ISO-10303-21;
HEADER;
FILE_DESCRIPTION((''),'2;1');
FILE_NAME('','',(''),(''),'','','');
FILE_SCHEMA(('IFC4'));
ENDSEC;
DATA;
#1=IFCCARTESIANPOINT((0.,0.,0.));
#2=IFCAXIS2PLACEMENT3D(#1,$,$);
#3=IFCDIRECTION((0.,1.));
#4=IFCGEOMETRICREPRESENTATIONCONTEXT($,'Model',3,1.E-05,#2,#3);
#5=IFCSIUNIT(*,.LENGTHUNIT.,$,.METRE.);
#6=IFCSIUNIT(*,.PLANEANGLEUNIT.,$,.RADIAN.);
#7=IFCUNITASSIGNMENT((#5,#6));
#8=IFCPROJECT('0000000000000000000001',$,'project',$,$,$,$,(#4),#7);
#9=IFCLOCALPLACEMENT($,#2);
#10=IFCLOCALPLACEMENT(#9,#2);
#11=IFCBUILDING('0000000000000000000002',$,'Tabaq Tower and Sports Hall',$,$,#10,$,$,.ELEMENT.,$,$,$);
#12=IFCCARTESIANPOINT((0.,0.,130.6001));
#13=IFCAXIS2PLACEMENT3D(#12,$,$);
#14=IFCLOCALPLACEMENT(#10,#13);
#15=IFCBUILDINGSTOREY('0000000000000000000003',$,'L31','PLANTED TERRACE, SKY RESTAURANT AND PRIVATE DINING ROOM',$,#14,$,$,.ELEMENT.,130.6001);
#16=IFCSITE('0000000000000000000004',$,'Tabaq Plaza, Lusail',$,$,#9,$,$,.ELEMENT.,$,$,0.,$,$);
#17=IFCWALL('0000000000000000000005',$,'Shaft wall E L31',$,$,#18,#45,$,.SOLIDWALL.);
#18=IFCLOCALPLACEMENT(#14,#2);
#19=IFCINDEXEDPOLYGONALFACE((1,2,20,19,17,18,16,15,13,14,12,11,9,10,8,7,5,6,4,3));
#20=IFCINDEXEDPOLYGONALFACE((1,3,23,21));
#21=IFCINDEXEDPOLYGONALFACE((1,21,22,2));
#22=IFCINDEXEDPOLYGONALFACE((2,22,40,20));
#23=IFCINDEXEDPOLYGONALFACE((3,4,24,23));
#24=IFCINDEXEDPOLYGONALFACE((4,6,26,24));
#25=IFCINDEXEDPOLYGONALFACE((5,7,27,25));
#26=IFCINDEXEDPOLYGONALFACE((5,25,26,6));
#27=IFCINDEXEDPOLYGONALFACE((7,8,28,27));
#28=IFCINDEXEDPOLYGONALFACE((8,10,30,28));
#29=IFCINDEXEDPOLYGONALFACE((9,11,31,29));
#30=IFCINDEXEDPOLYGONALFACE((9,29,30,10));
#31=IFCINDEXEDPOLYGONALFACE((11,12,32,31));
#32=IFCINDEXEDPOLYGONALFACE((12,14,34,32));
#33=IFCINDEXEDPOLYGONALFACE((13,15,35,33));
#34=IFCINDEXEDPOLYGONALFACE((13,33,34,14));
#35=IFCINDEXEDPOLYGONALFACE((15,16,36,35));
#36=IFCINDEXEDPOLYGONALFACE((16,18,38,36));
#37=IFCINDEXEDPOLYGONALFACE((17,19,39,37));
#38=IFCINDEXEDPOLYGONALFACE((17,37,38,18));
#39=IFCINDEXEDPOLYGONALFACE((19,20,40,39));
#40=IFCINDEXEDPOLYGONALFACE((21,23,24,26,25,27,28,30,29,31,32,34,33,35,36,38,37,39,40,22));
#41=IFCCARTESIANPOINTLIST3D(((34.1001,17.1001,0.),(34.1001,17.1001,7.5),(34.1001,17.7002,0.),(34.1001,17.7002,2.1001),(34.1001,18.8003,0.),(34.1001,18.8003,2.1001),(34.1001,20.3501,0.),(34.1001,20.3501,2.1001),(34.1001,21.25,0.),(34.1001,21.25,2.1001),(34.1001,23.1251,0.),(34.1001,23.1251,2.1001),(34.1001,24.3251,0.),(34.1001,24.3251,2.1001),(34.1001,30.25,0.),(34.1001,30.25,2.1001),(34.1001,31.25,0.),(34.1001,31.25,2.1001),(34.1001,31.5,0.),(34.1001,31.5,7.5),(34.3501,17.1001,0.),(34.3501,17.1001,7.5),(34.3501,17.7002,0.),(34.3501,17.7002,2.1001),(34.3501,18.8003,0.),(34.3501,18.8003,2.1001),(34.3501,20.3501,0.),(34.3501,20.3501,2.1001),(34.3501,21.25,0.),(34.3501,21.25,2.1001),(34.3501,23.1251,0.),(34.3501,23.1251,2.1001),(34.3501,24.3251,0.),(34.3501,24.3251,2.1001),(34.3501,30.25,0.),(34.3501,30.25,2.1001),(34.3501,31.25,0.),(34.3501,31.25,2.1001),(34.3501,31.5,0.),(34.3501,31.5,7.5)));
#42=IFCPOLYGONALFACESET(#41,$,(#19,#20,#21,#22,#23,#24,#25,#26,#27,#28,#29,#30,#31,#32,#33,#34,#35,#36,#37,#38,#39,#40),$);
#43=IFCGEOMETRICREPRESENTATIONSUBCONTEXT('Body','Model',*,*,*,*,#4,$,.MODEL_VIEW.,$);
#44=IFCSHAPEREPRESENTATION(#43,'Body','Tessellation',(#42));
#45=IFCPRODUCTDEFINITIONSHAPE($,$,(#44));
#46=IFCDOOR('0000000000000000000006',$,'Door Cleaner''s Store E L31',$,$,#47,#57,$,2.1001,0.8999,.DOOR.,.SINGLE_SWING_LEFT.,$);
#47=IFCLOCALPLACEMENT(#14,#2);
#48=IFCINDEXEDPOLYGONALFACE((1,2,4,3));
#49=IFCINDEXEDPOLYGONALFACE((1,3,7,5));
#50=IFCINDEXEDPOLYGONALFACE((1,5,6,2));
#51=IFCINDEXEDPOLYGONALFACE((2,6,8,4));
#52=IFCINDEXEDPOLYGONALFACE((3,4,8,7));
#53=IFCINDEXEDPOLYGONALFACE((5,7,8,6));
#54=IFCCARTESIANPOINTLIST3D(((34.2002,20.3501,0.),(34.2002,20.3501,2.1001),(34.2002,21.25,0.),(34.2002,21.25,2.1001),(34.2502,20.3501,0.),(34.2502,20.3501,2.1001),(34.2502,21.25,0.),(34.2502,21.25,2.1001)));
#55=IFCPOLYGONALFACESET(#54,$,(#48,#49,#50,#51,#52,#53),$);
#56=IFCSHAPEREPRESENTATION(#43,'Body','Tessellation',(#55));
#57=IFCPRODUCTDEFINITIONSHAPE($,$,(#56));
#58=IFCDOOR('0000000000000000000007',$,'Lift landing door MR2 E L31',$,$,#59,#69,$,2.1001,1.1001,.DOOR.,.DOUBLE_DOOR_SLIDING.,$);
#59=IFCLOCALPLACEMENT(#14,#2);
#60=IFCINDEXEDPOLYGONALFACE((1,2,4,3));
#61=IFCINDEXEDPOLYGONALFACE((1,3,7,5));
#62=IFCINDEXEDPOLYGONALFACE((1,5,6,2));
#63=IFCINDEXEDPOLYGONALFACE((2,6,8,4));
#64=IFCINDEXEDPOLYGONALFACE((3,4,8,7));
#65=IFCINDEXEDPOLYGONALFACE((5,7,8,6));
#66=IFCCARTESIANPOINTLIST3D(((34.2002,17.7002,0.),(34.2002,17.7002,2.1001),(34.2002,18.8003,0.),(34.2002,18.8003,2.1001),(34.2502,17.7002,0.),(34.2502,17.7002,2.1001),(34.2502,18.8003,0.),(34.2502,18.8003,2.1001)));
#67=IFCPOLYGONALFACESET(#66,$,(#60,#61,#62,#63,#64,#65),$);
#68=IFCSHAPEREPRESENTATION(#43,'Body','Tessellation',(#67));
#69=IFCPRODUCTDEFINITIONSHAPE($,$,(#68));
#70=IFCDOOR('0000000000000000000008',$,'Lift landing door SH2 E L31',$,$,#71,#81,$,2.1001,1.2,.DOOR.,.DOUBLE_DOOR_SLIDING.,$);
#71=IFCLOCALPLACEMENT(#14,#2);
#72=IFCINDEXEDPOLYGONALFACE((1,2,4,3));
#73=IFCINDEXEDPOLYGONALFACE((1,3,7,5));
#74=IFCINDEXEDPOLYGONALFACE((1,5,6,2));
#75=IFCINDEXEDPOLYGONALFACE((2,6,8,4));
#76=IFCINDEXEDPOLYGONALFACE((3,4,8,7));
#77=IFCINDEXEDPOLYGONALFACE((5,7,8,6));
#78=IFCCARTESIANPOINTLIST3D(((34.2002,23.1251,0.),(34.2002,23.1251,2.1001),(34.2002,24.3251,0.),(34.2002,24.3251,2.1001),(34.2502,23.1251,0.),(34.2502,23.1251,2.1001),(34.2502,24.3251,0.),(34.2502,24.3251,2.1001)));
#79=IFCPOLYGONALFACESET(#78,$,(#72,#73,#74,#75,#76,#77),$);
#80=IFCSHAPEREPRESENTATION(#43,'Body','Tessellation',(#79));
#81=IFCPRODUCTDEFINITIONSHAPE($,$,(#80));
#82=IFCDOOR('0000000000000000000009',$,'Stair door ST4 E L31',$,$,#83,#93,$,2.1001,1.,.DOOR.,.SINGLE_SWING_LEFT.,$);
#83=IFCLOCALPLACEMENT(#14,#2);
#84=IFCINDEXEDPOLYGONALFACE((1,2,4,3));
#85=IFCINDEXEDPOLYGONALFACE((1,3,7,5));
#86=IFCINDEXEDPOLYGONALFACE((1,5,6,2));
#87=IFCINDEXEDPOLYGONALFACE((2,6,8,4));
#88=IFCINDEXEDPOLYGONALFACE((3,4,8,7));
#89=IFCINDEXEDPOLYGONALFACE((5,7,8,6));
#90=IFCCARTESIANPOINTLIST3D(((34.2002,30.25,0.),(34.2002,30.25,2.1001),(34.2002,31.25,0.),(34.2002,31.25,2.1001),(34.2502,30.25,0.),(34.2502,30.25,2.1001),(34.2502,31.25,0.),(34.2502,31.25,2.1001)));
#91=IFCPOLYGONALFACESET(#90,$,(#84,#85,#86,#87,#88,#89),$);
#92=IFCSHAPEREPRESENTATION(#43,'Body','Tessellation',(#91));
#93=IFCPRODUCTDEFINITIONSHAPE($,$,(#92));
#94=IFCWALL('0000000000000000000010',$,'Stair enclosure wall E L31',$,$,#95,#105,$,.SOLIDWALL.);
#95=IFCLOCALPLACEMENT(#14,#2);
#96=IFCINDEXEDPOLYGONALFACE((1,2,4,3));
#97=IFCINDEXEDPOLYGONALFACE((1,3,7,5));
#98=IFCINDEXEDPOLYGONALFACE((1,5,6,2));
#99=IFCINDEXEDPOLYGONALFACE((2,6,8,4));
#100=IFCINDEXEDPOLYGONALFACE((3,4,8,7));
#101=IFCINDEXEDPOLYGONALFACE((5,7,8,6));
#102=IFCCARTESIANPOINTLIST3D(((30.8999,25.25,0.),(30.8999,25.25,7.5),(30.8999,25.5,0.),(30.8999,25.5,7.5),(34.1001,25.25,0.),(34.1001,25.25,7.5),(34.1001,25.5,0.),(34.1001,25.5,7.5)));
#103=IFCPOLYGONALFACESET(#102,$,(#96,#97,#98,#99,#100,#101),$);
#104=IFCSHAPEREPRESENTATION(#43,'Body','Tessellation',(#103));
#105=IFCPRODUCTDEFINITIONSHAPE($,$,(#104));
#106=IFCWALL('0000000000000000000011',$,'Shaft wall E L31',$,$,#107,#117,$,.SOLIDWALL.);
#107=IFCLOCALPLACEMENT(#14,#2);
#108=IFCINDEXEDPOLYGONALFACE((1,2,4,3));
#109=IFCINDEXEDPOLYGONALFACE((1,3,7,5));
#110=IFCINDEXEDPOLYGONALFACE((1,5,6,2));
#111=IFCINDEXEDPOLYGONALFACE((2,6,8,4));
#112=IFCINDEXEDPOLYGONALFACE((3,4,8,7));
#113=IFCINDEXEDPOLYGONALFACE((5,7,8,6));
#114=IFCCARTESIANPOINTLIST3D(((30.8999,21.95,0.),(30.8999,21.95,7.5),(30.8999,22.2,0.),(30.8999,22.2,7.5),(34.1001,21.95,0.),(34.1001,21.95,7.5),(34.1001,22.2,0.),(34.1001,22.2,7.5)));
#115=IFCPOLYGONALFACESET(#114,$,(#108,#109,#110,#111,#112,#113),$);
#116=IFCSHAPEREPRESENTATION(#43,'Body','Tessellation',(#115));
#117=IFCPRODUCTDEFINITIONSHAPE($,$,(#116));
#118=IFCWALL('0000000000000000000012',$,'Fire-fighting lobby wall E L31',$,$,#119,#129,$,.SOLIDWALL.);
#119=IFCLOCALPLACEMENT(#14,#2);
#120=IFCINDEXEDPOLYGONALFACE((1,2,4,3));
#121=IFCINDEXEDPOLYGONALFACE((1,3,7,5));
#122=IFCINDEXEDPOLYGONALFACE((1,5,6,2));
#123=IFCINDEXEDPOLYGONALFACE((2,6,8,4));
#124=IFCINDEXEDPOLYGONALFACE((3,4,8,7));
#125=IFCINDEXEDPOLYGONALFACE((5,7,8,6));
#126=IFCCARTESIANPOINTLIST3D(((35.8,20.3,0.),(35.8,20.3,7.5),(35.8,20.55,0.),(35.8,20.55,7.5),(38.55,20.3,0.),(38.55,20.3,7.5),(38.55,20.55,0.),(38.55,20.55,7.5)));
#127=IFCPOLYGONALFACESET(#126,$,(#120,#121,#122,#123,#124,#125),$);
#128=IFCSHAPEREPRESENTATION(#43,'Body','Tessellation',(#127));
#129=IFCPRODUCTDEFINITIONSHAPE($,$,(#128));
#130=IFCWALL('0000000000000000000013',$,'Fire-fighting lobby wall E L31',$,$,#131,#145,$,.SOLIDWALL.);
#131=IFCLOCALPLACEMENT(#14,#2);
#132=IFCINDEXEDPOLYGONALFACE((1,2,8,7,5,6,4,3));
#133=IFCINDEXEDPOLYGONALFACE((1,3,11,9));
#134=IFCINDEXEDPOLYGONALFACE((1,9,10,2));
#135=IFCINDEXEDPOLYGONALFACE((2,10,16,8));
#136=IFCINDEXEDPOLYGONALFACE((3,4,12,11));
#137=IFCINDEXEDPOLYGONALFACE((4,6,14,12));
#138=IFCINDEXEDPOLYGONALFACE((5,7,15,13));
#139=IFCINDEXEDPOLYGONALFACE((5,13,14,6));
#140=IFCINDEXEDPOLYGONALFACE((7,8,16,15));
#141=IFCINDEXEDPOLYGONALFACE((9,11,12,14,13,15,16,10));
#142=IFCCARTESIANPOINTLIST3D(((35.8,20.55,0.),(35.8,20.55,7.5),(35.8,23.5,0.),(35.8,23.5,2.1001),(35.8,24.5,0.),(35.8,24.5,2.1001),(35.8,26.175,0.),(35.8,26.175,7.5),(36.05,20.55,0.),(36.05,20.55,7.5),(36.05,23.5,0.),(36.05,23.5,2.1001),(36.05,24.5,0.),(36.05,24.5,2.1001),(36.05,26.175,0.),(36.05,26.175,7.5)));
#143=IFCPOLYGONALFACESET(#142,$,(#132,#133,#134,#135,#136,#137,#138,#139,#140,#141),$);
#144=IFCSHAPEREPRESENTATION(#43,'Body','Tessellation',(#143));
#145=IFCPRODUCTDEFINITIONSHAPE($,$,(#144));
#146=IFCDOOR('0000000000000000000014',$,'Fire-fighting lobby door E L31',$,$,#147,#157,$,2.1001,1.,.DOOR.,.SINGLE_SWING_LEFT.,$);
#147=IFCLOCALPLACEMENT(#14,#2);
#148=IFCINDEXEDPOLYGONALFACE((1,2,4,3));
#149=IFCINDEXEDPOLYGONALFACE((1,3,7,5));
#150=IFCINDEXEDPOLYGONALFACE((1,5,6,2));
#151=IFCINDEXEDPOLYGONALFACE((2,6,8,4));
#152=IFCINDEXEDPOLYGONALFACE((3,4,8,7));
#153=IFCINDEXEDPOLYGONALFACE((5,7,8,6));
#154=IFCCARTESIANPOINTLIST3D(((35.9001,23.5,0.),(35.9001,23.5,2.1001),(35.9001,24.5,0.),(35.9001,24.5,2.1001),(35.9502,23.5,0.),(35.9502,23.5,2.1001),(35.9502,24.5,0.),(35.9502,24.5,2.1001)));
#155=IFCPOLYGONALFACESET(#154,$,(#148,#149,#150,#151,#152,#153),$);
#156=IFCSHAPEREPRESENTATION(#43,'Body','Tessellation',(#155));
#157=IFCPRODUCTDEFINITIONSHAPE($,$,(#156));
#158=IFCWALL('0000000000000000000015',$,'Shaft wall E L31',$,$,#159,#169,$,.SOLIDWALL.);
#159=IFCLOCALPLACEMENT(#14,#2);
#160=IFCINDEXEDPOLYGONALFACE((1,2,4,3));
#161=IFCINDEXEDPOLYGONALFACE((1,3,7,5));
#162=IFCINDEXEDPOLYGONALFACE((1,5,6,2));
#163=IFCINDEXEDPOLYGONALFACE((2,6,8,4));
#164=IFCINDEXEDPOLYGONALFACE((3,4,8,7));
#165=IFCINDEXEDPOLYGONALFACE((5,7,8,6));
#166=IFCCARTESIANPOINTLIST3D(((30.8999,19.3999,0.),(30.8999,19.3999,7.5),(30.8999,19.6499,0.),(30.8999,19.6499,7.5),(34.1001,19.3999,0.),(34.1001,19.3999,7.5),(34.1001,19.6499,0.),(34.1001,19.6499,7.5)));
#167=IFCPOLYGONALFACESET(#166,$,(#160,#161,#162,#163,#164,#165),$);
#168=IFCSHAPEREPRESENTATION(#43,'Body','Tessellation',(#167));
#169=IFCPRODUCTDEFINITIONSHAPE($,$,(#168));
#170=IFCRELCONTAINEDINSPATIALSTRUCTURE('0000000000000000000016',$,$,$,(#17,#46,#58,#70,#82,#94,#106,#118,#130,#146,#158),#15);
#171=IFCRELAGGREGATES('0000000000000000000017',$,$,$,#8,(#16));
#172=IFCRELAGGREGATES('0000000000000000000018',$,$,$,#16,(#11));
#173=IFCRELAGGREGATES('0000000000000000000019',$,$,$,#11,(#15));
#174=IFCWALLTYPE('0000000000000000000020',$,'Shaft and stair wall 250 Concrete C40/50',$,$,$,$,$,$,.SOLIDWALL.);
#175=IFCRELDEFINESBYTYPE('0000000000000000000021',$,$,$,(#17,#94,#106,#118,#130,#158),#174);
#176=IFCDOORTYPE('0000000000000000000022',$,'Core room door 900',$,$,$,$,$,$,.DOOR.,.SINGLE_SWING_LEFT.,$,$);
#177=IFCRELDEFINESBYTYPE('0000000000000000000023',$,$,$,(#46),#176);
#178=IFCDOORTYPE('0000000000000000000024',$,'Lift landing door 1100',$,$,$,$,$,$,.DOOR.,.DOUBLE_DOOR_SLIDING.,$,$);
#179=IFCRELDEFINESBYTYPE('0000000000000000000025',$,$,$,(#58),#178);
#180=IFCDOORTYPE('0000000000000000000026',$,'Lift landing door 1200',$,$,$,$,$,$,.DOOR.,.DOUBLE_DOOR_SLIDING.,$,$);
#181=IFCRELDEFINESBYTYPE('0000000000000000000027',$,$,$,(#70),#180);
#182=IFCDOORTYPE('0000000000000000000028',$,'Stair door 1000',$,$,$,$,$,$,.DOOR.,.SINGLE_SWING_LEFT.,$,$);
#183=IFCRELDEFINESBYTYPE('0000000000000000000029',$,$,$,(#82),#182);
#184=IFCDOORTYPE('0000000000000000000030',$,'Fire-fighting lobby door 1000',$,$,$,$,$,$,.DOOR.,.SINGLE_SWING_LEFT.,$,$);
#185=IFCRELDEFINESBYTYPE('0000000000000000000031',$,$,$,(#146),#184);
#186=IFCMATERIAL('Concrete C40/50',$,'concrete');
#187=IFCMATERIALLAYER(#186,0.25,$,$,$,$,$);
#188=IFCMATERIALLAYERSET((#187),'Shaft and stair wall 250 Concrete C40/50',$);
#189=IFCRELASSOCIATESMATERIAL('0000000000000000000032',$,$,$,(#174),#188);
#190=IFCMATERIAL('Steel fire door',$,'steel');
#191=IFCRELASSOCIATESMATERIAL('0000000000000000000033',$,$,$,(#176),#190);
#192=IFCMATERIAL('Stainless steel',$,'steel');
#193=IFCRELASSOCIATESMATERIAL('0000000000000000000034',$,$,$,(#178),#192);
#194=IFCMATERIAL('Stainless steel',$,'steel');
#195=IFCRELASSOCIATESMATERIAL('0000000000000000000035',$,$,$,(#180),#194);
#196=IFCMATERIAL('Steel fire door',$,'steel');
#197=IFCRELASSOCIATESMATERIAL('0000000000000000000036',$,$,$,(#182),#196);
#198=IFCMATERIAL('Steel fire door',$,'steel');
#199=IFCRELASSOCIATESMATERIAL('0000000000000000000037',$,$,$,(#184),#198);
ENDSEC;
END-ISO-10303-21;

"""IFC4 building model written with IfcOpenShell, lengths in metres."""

from ifc_helpers import new_model, si_unit, direction, frame, frame_2d, origin, place, context, subcontext, project, spatial, rectangle, extrude, material, layer, layer_set, type_object, element, fill, save


model = new_model("IFC4")

# Units and contexts
model_context = context("Model", 3, precision=1e-05, world=origin(), true_north=direction((0.0, 1.0)))
body_context = subcontext(model_context, "Body", "Model", "MODEL_VIEW")
ifc_project = project(units=[si_unit("LENGTHUNIT", "METRE"), si_unit("PLANEANGLEUNIT", "RADIAN")], contexts=[model_context])

# Site, building, storey
site_placement = place(None, origin())
site = spatial("IfcSite", under=ifc_project, at=site_placement, Name="Tabaq Plaza, Lusail", CompositionType="ELEMENT", RefElevation=0.0)
building_placement = place(site_placement, origin())
building = spatial("IfcBuilding", under=site, at=building_placement, Name="Tabaq Tower and Sports Hall", CompositionType="ELEMENT")
storey_placement = place(building_placement, frame((0.0, 0.0, 130.6001)))
storey = spatial("IfcBuildingStorey", under=building, at=storey_placement, Name="L31", Description="PLANTED TERRACE, SKY RESTAURANT AND PRIVATE DINING ROOM", CompositionType="ELEMENT", Elevation=130.6001)

# Wall, openings, doors
ifc_material_1 = material(Name="Concrete C40/50", Category="concrete")
ifc_layer_1 = layer(ifc_material_1, 0.25)
ifc_layer_set_1 = layer_set([ifc_layer_1], Name="Shaft and stair wall 250 Concrete C40/50")
wall_type_1 = type_object("IfcWallType", Name="Shaft and stair wall 250 Concrete C40/50", PredefinedType="SOLIDWALL", material=ifc_layer_set_1)
wall_1_placement = place(storey_placement, frame((34.2251, 17.1001, 0.0), z_axis=(0.0, 0.0, 1.0), x_axis=(0.0, 1.0, 0.0)))
wall_1 = element("IfcWall", 1, at=wall_1_placement, inside=storey, type_object=wall_type_1, Name="Shaft wall E L31", PredefinedType="SOLIDWALL", context=body_context, shape_type="SweptSolid", body=[
    extrude(rectangle(XDim=14.3999, YDim=0.25, at=frame_2d((7.2, 0.0))), origin(), (0.0, 0.0, 1.0), 7.5),
])
opening_1_placement = place(wall_1_placement, frame((13.1499, 0.0, 0.0)))
opening_1 = element("IfcOpeningElement", 2, at=opening_1_placement, cuts=wall_1, PredefinedType="OPENING", context=body_context, shape_type="SweptSolid", body=[
    extrude(rectangle(XDim=1.0, YDim=2.1001, at=frame_2d((0.5, 1.05))), frame((0.0, 0.125, 0.0), z_axis=(0.0, -1.0, 0.0), x_axis=(1.0, 0.0, 0.0)), (0.0, 0.0, 1.0), 0.25),
])
opening_2_placement = place(wall_1_placement, frame((0.6001, 0.0, 0.0)))
opening_2 = element("IfcOpeningElement", 3, at=opening_2_placement, cuts=wall_1, PredefinedType="OPENING", context=body_context, shape_type="SweptSolid", body=[
    extrude(rectangle(XDim=1.1001, YDim=2.1001, at=frame_2d((0.55, 1.05))), frame((0.0, 0.125, 0.0), z_axis=(0.0, -1.0, 0.0), x_axis=(1.0, 0.0, 0.0)), (0.0, 0.0, 1.0), 0.25),
])
opening_3_placement = place(wall_1_placement, frame((6.0249, 0.0, 0.0)))
opening_3 = element("IfcOpeningElement", 4, at=opening_3_placement, cuts=wall_1, PredefinedType="OPENING", context=body_context, shape_type="SweptSolid", body=[
    extrude(rectangle(XDim=1.2, YDim=2.1001, at=frame_2d((0.6001, 1.05))), frame((0.0, 0.125, 0.0), z_axis=(0.0, -1.0, 0.0), x_axis=(1.0, 0.0, 0.0)), (0.0, 0.0, 1.0), 0.25),
])
opening_4_placement = place(wall_1_placement, frame((3.25, 0.0, 0.0)))
opening_4 = element("IfcOpeningElement", 5, at=opening_4_placement, cuts=wall_1, PredefinedType="OPENING", context=body_context, shape_type="SweptSolid", body=[
    extrude(rectangle(XDim=0.8999, YDim=2.1001, at=frame_2d((0.45, 1.05))), frame((0.0, 0.125, 0.0), z_axis=(0.0, -1.0, 0.0), x_axis=(1.0, 0.0, 0.0)), (0.0, 0.0, 1.0), 0.25),
])
ifc_material_2 = material(Name="Steel fire door", Category="steel")
door_type_1 = type_object("IfcDoorType", Name="Core room door 900", OperationType="SINGLE_SWING_LEFT", PredefinedType="DOOR", material=ifc_material_2)
door_1_placement = place(opening_4_placement, origin())
door_1 = element("IfcDoor", 6, at=door_1_placement, inside=storey, type_object=door_type_1, Name="Door Cleaner's Store E L31", OperationType="SINGLE_SWING_LEFT", OverallHeight=2.1001, OverallWidth=0.8999, PredefinedType="DOOR", context=body_context, shape_type="SweptSolid", body=[
    extrude(rectangle(XDim=0.8999, YDim=2.1001, at=frame_2d((0.45, 1.05))), frame((0.0, 0.0249, 0.0), z_axis=(0.0, -1.0, 0.0), x_axis=(1.0, 0.0, 0.0)), (0.0, 0.0, 1.0), 0.05),
])
fill(opening_4, door_1)
ifc_material_3 = material(Name="Stainless steel", Category="steel")
door_type_2 = type_object("IfcDoorType", Name="Lift landing door 1100", OperationType="DOUBLE_DOOR_SLIDING", PredefinedType="DOOR", material=ifc_material_3)
door_2_placement = place(opening_2_placement, origin())
door_2 = element("IfcDoor", 7, at=door_2_placement, inside=storey, type_object=door_type_2, Name="Lift landing door MR2 E L31", OperationType="DOUBLE_DOOR_SLIDING", OverallHeight=2.1001, OverallWidth=1.1001, PredefinedType="DOOR", context=body_context, shape_type="SweptSolid", body=[
    extrude(rectangle(XDim=1.1001, YDim=2.1001, at=frame_2d((0.55, 1.05))), frame((0.0, 0.0249, 0.0), z_axis=(0.0, -1.0, 0.0), x_axis=(1.0, 0.0, 0.0)), (0.0, 0.0, 1.0), 0.05),
])
fill(opening_2, door_2)
ifc_material_4 = material(Name="Stainless steel", Category="steel")
door_type_3 = type_object("IfcDoorType", Name="Lift landing door 1200", OperationType="DOUBLE_DOOR_SLIDING", PredefinedType="DOOR", material=ifc_material_4)
door_3_placement = place(opening_3_placement, origin())
door_3 = element("IfcDoor", 8, at=door_3_placement, inside=storey, type_object=door_type_3, Name="Lift landing door SH2 E L31", OperationType="DOUBLE_DOOR_SLIDING", OverallHeight=2.1001, OverallWidth=1.2, PredefinedType="DOOR", context=body_context, shape_type="SweptSolid", body=[
    extrude(rectangle(XDim=1.2, YDim=2.1001, at=frame_2d((0.6001, 1.05))), frame((0.0, 0.0249, 0.0), z_axis=(0.0, -1.0, 0.0), x_axis=(1.0, 0.0, 0.0)), (0.0, 0.0, 1.0), 0.05),
])
fill(opening_3, door_3)
ifc_material_5 = material(Name="Steel fire door", Category="steel")
door_type_4 = type_object("IfcDoorType", Name="Stair door 1000", OperationType="SINGLE_SWING_LEFT", PredefinedType="DOOR", material=ifc_material_5)
door_4_placement = place(opening_1_placement, origin())
door_4 = element("IfcDoor", 9, at=door_4_placement, inside=storey, type_object=door_type_4, Name="Stair door ST4 E L31", OperationType="SINGLE_SWING_LEFT", OverallHeight=2.1001, OverallWidth=1.0, PredefinedType="DOOR", context=body_context, shape_type="SweptSolid", body=[
    extrude(rectangle(XDim=1.0, YDim=2.1001, at=frame_2d((0.5, 1.05))), frame((0.0, 0.0249, 0.0), z_axis=(0.0, -1.0, 0.0), x_axis=(1.0, 0.0, 0.0)), (0.0, 0.0, 1.0), 0.05),
])
fill(opening_1, door_4)

# Walls
for number, where, z_axis, x_axis, name in (
    (10, (30.8999, 25.375, 0.0), (0.0, 0.0, 1.0), (1.0, 0.0, 0.0), "Stair enclosure wall E L31"),
    (11, (30.8999, 22.075, 0.0), (0.0, 0.0, 1.0), (1.0, 0.0, 0.0), "Shaft wall E L31"),
):
    element("IfcWall", number, at=place(storey_placement, frame(where, z_axis=z_axis, x_axis=x_axis)), inside=storey, type_object=wall_type_1, Name=name, PredefinedType="SOLIDWALL", context=body_context, shape_type="SweptSolid", body=[
        extrude(rectangle(XDim=3.2002, YDim=0.25, at=frame_2d((1.6001, 0.0))), origin(), (0.0, 0.0, 1.0), 7.5),
    ])
wall_2_placement = place(storey_placement, frame((35.8, 20.425, 0.0), z_axis=(0.0, 0.0, 1.0), x_axis=(1.0, 0.0, 0.0)))
element("IfcWall", 12, at=wall_2_placement, inside=storey, type_object=wall_type_1, Name="Fire-fighting lobby wall E L31", PredefinedType="SOLIDWALL", context=body_context, shape_type="SweptSolid", body=[
    extrude(rectangle(XDim=2.75, YDim=0.25, at=frame_2d((1.375, 0.0))), origin(), (0.0, 0.0, 1.0), 7.5),
])

# Wall, opening, door
wall_3_placement = place(storey_placement, frame((35.925, 20.55, 0.0), z_axis=(0.0, 0.0, 1.0), x_axis=(0.0, 1.0, 0.0)))
wall_3 = element("IfcWall", 13, at=wall_3_placement, inside=storey, type_object=wall_type_1, Name="Fire-fighting lobby wall E L31", PredefinedType="SOLIDWALL", context=body_context, shape_type="SweptSolid", body=[
    extrude(rectangle(XDim=5.625, YDim=0.25, at=frame_2d((2.8125, 0.0))), origin(), (0.0, 0.0, 1.0), 7.5),
])
opening_5_placement = place(wall_3_placement, frame((2.95, 0.0, 0.0)))
opening_5 = element("IfcOpeningElement", 14, at=opening_5_placement, cuts=wall_3, PredefinedType="OPENING", context=body_context, shape_type="SweptSolid", body=[
    extrude(rectangle(XDim=1.0, YDim=2.1001, at=frame_2d((0.5, 1.05))), frame((0.0, 0.125, 0.0), z_axis=(0.0, -1.0, 0.0), x_axis=(1.0, 0.0, 0.0)), (0.0, 0.0, 1.0), 0.25),
])
ifc_material_6 = material(Name="Steel fire door", Category="steel")
door_type_5 = type_object("IfcDoorType", Name="Fire-fighting lobby door 1000", OperationType="SINGLE_SWING_LEFT", PredefinedType="DOOR", material=ifc_material_6)
door_5_placement = place(opening_5_placement, origin())
door_5 = element("IfcDoor", 15, at=door_5_placement, inside=storey, type_object=door_type_5, Name="Fire-fighting lobby door E L31", OperationType="SINGLE_SWING_LEFT", OverallHeight=2.1001, OverallWidth=1.0, PredefinedType="DOOR", context=body_context, shape_type="SweptSolid", body=[
    extrude(rectangle(XDim=1.0, YDim=2.1001, at=frame_2d((0.5, 1.05))), frame((0.0, 0.0249, 0.0), z_axis=(0.0, -1.0, 0.0), x_axis=(1.0, 0.0, 0.0)), (0.0, 0.0, 1.0), 0.05),
])
fill(opening_5, door_5)

# Wall
wall_4_placement = place(storey_placement, frame((30.8999, 19.5249, 0.0), z_axis=(0.0, 0.0, 1.0), x_axis=(1.0, 0.0, 0.0)))
element("IfcWall", 16, at=wall_4_placement, inside=storey, type_object=wall_type_1, Name="Shaft wall E L31", PredefinedType="SOLIDWALL", context=body_context, shape_type="SweptSolid", body=[
    extrude(rectangle(XDim=3.2002, YDim=0.25, at=frame_2d((1.6001, 0.0))), origin(), (0.0, 0.0, 1.0), 7.5),
])

save(model, "model.ifc")
